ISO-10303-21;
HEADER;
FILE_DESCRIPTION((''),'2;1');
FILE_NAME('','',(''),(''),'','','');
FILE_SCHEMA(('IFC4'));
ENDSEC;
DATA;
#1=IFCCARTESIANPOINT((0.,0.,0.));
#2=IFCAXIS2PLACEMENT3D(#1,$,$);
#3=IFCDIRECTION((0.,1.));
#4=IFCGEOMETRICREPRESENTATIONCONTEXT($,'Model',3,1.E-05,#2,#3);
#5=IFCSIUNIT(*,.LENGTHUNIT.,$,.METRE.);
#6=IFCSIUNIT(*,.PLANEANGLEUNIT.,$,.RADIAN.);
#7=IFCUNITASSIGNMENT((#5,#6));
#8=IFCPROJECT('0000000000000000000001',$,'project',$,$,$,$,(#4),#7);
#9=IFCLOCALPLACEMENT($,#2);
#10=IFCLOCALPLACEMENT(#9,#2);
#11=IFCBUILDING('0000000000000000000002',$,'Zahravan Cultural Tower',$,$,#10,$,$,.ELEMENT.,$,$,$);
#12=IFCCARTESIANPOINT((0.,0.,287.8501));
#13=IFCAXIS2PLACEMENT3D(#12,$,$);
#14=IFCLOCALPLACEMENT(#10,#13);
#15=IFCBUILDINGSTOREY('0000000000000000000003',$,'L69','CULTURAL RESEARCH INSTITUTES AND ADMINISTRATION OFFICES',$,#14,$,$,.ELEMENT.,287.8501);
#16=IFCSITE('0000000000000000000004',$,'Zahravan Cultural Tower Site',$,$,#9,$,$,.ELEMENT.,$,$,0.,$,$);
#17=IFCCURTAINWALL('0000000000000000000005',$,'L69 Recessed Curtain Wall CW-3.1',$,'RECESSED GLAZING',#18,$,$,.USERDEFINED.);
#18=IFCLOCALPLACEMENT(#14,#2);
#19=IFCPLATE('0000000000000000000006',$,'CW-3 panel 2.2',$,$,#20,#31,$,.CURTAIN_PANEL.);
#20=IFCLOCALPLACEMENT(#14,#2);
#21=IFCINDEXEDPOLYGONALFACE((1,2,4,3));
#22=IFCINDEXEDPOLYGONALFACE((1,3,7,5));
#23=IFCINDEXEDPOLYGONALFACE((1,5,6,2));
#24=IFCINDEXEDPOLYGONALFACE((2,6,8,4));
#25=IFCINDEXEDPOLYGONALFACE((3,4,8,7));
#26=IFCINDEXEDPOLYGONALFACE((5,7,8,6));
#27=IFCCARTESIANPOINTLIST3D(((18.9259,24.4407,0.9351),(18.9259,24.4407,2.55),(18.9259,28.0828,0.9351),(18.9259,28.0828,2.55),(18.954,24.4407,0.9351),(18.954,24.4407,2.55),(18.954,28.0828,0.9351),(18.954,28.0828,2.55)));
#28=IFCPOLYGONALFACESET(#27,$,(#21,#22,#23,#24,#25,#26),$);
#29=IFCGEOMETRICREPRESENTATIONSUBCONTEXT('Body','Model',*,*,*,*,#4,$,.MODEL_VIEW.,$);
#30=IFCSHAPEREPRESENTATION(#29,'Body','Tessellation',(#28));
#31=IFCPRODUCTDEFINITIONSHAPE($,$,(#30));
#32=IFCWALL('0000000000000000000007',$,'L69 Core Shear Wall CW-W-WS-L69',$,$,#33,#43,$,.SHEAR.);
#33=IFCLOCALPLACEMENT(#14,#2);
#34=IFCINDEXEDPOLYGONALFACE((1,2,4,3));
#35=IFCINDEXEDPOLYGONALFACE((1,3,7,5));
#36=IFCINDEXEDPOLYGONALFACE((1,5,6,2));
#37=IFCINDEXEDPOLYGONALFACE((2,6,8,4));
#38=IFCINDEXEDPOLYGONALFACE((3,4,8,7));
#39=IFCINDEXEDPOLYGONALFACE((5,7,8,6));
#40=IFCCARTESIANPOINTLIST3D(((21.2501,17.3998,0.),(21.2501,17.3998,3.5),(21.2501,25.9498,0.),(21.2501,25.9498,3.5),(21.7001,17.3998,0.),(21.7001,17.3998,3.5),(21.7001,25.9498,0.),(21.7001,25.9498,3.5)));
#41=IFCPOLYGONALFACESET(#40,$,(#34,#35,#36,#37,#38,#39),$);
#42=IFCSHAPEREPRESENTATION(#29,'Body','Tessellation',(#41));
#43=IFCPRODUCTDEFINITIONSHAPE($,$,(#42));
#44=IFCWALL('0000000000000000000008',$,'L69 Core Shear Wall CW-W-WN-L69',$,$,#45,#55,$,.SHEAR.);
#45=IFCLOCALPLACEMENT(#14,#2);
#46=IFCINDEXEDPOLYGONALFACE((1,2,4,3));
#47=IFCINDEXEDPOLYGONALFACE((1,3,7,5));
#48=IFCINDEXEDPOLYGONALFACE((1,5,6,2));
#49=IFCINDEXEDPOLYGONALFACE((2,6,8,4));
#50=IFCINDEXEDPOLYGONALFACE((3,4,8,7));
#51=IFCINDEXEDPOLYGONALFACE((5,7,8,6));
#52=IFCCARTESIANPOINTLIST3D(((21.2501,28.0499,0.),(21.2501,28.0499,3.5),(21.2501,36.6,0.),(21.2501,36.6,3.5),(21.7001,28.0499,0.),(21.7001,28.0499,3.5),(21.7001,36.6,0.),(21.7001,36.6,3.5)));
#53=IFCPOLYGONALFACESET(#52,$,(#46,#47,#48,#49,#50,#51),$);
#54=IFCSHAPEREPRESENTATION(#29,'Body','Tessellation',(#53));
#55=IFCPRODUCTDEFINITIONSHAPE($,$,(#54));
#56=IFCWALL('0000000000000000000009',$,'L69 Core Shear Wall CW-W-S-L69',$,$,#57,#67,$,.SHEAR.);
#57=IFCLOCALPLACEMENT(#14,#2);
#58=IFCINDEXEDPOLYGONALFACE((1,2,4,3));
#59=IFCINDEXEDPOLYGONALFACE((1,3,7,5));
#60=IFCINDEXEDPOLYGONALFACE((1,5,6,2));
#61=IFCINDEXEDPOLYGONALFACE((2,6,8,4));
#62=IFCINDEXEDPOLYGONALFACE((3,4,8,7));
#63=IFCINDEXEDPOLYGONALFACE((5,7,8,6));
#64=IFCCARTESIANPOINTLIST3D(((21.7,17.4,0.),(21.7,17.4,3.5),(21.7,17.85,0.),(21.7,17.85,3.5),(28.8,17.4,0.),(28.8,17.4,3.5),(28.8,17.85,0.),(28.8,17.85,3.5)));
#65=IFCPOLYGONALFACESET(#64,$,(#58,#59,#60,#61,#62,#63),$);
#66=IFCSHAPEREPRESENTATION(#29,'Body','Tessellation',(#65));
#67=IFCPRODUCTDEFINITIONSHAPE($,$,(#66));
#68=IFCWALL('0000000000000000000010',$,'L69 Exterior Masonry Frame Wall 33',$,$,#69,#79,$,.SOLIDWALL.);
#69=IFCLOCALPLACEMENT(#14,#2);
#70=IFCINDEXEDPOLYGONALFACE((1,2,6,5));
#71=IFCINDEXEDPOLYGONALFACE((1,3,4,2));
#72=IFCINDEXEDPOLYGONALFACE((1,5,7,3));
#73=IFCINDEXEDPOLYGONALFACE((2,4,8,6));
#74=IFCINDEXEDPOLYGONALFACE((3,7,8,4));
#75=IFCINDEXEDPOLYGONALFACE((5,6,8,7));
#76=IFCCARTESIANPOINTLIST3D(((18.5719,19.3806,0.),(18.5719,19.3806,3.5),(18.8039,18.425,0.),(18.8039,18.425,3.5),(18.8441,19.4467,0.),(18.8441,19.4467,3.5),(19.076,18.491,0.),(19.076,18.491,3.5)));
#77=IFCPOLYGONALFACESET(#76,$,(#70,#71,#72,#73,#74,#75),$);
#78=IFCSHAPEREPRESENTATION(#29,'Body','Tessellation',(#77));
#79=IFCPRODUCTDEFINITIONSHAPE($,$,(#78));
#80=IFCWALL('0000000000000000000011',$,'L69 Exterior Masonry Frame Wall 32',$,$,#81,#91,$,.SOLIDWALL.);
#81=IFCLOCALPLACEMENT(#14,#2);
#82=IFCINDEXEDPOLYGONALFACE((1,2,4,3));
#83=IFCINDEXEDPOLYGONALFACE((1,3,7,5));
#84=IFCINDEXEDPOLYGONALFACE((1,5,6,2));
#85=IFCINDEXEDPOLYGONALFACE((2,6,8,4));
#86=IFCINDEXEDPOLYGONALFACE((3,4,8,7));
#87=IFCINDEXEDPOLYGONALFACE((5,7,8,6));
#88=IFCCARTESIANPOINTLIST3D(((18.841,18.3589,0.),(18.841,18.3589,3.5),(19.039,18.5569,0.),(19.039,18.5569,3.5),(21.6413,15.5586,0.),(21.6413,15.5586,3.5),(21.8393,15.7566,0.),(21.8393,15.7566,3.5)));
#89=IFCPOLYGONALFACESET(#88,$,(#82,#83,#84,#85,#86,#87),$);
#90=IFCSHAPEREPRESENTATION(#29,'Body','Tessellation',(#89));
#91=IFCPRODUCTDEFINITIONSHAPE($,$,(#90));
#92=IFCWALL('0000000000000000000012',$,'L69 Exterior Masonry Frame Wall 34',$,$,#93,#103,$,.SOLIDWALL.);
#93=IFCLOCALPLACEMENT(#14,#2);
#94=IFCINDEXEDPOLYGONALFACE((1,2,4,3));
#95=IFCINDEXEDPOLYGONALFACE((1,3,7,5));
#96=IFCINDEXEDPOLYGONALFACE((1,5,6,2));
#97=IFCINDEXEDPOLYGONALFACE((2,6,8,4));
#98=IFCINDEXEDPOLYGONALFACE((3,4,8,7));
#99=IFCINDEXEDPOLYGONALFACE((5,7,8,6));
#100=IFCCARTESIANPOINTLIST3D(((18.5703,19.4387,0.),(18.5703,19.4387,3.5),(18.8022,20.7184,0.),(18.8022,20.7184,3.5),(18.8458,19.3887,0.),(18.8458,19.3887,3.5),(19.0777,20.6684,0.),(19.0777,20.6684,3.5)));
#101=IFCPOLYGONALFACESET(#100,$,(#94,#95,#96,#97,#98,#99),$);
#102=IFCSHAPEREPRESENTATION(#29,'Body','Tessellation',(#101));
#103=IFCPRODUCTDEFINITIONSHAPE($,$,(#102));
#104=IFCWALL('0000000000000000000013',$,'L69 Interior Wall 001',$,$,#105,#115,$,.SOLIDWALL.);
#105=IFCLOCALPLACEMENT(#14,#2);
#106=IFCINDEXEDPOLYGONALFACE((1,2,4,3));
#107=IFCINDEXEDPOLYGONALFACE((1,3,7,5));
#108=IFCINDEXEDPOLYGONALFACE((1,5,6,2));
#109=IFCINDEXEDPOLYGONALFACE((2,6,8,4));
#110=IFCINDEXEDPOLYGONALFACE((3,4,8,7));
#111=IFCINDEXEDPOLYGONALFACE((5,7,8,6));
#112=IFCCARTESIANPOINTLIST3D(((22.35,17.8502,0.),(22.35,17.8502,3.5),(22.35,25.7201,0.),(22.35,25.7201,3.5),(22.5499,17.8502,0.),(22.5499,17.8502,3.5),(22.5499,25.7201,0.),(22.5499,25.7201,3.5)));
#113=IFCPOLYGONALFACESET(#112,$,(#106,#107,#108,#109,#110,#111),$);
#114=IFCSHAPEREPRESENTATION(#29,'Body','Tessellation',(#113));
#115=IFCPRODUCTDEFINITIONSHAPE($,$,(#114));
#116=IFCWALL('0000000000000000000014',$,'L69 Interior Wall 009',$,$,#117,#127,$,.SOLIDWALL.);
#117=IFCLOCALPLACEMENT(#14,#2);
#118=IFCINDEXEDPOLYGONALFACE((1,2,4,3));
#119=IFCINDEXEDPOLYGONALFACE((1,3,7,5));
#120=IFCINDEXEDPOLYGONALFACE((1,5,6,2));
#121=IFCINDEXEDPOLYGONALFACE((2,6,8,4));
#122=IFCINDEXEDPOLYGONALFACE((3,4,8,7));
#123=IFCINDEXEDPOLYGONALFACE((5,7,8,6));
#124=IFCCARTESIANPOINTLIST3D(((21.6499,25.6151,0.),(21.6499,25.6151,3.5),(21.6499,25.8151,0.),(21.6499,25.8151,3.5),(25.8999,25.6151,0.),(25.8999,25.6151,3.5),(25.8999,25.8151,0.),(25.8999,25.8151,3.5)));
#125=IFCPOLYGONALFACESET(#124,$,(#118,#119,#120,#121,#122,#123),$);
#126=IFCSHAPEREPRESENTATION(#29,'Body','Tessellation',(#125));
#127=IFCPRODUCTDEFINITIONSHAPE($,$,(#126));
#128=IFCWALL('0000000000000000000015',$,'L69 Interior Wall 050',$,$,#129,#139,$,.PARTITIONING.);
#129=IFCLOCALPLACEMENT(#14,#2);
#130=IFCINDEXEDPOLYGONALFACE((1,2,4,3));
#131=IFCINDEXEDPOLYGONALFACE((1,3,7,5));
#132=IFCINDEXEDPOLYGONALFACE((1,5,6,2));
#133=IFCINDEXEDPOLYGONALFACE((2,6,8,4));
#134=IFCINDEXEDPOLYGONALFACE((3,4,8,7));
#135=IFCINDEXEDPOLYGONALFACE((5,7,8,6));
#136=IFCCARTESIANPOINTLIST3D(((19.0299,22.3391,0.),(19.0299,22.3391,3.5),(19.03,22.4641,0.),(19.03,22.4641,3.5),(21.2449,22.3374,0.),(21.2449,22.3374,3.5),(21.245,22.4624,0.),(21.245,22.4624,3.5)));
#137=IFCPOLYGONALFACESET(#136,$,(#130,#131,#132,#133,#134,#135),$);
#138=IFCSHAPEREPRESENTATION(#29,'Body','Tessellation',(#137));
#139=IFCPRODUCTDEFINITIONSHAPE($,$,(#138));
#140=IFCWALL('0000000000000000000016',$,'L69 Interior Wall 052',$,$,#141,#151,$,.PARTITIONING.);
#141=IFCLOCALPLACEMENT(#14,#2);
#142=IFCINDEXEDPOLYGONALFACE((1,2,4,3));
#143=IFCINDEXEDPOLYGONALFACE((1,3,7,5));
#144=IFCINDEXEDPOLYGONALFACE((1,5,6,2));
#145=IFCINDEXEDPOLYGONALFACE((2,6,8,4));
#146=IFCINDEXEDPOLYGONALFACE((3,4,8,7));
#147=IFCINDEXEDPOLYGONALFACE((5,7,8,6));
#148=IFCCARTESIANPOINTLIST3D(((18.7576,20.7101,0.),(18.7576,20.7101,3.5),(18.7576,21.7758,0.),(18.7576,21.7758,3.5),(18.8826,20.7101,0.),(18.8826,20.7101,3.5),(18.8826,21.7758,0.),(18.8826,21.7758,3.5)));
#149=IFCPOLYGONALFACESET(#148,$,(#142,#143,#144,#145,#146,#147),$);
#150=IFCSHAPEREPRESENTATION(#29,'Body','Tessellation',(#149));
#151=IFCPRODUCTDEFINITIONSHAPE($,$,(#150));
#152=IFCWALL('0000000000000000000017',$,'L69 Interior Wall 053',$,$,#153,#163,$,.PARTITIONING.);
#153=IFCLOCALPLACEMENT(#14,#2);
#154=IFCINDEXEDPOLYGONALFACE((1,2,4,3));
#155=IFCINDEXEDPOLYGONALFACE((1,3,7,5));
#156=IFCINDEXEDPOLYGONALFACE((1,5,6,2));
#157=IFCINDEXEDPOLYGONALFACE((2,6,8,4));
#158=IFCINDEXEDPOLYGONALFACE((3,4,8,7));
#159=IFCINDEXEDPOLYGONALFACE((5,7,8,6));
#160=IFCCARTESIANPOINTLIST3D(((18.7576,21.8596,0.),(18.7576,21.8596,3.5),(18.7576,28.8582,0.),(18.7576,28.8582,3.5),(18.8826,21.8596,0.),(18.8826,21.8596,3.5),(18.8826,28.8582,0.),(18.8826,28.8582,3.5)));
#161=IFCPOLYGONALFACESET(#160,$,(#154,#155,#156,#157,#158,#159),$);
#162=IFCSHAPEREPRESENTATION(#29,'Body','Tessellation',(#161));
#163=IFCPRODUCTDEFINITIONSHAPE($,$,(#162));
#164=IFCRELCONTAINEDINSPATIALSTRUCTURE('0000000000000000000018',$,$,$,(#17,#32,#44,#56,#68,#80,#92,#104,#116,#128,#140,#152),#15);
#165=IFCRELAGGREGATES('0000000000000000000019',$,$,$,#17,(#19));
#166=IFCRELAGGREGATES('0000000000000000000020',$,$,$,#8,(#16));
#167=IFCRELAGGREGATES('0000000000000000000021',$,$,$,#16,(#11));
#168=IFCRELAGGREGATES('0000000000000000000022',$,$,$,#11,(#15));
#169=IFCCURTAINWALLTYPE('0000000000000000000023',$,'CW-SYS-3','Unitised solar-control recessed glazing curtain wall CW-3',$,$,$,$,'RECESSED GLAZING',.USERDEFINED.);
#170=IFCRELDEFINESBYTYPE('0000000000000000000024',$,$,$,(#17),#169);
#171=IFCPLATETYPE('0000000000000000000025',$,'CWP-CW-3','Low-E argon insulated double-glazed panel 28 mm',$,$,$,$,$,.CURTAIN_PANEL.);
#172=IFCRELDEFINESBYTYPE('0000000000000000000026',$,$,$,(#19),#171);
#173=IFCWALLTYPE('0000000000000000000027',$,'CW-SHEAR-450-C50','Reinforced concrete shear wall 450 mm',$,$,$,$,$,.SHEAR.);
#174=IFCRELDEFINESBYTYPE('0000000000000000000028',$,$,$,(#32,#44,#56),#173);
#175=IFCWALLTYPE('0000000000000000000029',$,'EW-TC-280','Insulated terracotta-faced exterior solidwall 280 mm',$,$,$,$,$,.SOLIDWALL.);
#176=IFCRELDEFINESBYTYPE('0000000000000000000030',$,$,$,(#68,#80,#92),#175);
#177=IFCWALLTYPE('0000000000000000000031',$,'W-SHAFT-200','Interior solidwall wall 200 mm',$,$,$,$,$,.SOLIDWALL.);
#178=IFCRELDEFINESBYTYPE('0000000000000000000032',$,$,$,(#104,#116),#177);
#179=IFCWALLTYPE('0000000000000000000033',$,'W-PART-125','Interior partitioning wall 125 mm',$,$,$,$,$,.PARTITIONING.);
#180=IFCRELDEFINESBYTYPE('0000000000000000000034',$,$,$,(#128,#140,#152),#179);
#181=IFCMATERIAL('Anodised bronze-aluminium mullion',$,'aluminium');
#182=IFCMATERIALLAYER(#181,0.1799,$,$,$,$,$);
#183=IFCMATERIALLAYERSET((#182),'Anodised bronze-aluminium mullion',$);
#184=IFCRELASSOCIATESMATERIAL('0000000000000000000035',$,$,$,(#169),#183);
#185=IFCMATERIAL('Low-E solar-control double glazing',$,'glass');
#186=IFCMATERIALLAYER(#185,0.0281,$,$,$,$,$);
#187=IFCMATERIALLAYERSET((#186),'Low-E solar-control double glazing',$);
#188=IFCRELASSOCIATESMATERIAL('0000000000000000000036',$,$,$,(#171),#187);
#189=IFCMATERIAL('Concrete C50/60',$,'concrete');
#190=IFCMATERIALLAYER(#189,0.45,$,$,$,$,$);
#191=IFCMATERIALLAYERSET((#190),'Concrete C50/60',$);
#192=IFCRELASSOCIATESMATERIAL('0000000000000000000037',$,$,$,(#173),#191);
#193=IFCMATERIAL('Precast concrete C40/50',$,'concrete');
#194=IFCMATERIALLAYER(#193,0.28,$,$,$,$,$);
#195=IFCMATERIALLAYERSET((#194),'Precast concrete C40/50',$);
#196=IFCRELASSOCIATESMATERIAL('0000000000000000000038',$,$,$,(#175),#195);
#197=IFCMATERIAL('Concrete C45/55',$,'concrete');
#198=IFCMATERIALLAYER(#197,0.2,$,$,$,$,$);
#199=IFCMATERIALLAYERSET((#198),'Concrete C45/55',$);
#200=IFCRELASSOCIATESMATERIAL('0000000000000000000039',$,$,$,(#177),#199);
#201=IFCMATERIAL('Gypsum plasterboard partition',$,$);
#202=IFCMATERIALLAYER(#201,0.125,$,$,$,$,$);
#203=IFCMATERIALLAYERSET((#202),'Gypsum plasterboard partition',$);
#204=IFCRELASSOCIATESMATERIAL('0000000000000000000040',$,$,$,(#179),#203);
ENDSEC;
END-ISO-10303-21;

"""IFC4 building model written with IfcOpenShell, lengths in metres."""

from ifc_helpers import new_model, si_unit, direction, frame, frame_2d, origin, origin_2d, place, context, subcontext, project, spatial, rectangle, extrude, source, transform, mapped, material, layer, layer_set, type_object, element, aggregate, save


model = new_model("IFC4")

# Units and contexts
model_context = context("Model", 3, precision=1e-05, world=origin(), true_north=direction((0.0, 1.0)))
body_context = subcontext(model_context, "Body", "Model", "MODEL_VIEW")
ifc_project = project(units=[si_unit("LENGTHUNIT", "METRE"), si_unit("PLANEANGLEUNIT", "RADIAN")], contexts=[model_context])

# Site, building, storey
site_placement = place(None, origin())
site = spatial("IfcSite", under=ifc_project, at=site_placement, Name="Zahravan Cultural Tower Site", CompositionType="ELEMENT", RefElevation=0.0)
building_placement = place(site_placement, origin())
building = spatial("IfcBuilding", under=site, at=building_placement, Name="Zahravan Cultural Tower", CompositionType="ELEMENT")
storey_placement = place(building_placement, frame((0.0, 0.0, 287.8501)))
storey = spatial("IfcBuildingStorey", under=building, at=storey_placement, Name="L69", Description="CULTURAL RESEARCH INSTITUTES AND ADMINISTRATION OFFICES", CompositionType="ELEMENT", Elevation=287.8501)

# Shared definitions
ifc_material_1 = material(Name="Concrete C50/60", Category="concrete")

# Curtain wall
ifc_material_2 = material(Name="Anodised bronze-aluminium mullion", Category="aluminium")
ifc_layer_1 = layer(ifc_material_2, 0.1799)
ifc_layer_set_1 = layer_set([ifc_layer_1], Name="Anodised bronze-aluminium mullion")
curtain_wall_type = type_object("IfcCurtainWallType", Name="CW-SYS-3", Description="Unitised solar-control recessed glazing curtain wall CW-3", ElementType="RECESSED GLAZING", PredefinedType="USERDEFINED", material=ifc_layer_set_1)
curtain_wall_placement = place(storey_placement, origin())
curtain_wall = element("IfcCurtainWall", 1, at=curtain_wall_placement, inside=storey, type_object=curtain_wall_type, Name="L69 Recessed Curtain Wall CW-3.1", ObjectType="RECESSED GLAZING", PredefinedType="USERDEFINED")

# Shared definitions
ifc_material_3 = material(Name="Concrete C45/55", Category="concrete")

# Plate
ifc_material_4 = material(Name="Low-E solar-control double glazing", Category="glass")
ifc_layer_2 = layer(ifc_material_4, 0.0281)
ifc_layer_set_2 = layer_set([ifc_layer_2], Name="Low-E solar-control double glazing")
plate_type = type_object("IfcPlateType", Name="CWP-CW-3", Description="Low-E argon insulated double-glazed panel 28 mm", PredefinedType="CURTAIN_PANEL", material=ifc_layer_set_2)
shared_shape_1 = source(origin(), body_context, "Body", "SweptSolid", [
    extrude(rectangle(XDim=3.6421, YDim=0.0281, at=origin_2d()), origin(), (0.0, 0.0, 1.0), 1.615),
])
plate_1_placement = place(storey_placement, frame((18.9399, 26.2617, 0.9351), z_axis=(0.0, 0.0, 1.0), x_axis=(0.0, 1.0, 0.0)))
plate_1 = element("IfcPlate", 2, at=plate_1_placement, type_object=plate_type, Name="CW-3 panel 2.2", PredefinedType="CURTAIN_PANEL", context=body_context, shape_type="MappedRepresentation", body=[
    mapped(shared_shape_1, transform((0.0, 0.0, 0.0), x_axis=(1.0, 0.0, 0.0), y_axis=(0.0, 1.0, 0.0), z_axis=(0.0, 0.0, 1.0), scale=1.0)),
])
aggregate(curtain_wall, [plate_1])

# Walls
ifc_layer_3 = layer(ifc_material_1, 0.45)
ifc_layer_set_3 = layer_set([ifc_layer_3], Name="Concrete C50/60")
wall_type_1 = type_object("IfcWallType", Name="CW-SHEAR-450-C50", Description="Reinforced concrete shear wall 450 mm", PredefinedType="SHEAR", material=ifc_layer_set_3)
shared_shape_2 = source(origin(), body_context, "Body", "SweptSolid", [
    extrude(rectangle(XDim=8.55, YDim=0.45, at=frame_2d((4.2749, 0.0))), origin(), (0.0, 0.0, 1.0), 3.5),
])
for number, where, z_axis, x_axis, name in (
    (3, (21.4751, 17.3999, 0.0), (0.0, 0.0, 1.0), (0.0, 1.0, 0.0), "L69 Core Shear Wall CW-W-WS-L69"),
    (4, (21.4751, 28.05, 0.0), (0.0, 0.0, 1.0), (0.0, 1.0, 0.0), "L69 Core Shear Wall CW-W-WN-L69"),
):
    element("IfcWall", number, at=place(storey_placement, frame(where, z_axis=z_axis, x_axis=x_axis)), inside=storey, type_object=wall_type_1, Name=name, PredefinedType="SHEAR", context=body_context, shape_type="MappedRepresentation", body=[
        mapped(shared_shape_2, transform((0.0, 0.0, 0.0), x_axis=(1.0, 0.0, 0.0), y_axis=(0.0, 1.0, 0.0), z_axis=(0.0, 0.0, 1.0), scale=1.0)),
    ])
shared_shape_3 = source(origin(), body_context, "Body", "SweptSolid", [
    extrude(rectangle(XDim=7.1001, YDim=0.45, at=frame_2d((3.55, 0.0))), origin(), (0.0, 0.0, 1.0), 3.5),
])
wall_1_placement = place(storey_placement, frame((21.7, 17.625, 0.0), z_axis=(0.0, 0.0, 1.0), x_axis=(1.0, 0.0, 0.0)))
element("IfcWall", 5, at=wall_1_placement, inside=storey, type_object=wall_type_1, Name="L69 Core Shear Wall CW-W-S-L69", PredefinedType="SHEAR", context=body_context, shape_type="MappedRepresentation", body=[
    mapped(shared_shape_3, transform((0.0, 0.0, 0.0), x_axis=(1.0, 0.0, 0.0), y_axis=(0.0, 1.0, 0.0), z_axis=(0.0, 0.0, 1.0), scale=1.0)),
])
ifc_material_5 = material(Name="Precast concrete C40/50", Category="concrete")
ifc_layer_4 = layer(ifc_material_5, 0.28)
ifc_layer_set_4 = layer_set([ifc_layer_4], Name="Precast concrete C40/50")
wall_type_2 = type_object("IfcWallType", Name="EW-TC-280", Description="Insulated terracotta-faced exterior solidwall 280 mm", PredefinedType="SOLIDWALL", material=ifc_layer_set_4)
shared_shape_4 = source(origin(), body_context, "Body", "SweptSolid", [
    extrude(rectangle(XDim=0.9834, YDim=0.28, at=frame_2d((0.4917, 0.0))), origin(), (0.0, 0.0, 1.0), 3.5),
])
wall_2_placement = place(storey_placement, frame((18.9399, 18.458, 0.0), z_axis=(0.0, 0.0, 1.0), x_axis=(-0.23587, 0.971785, 0.0)))
element("IfcWall", 6, at=wall_2_placement, inside=storey, type_object=wall_type_2, Name="L69 Exterior Masonry Frame Wall 33", PredefinedType="SOLIDWALL", context=body_context, shape_type="MappedRepresentation", body=[
    mapped(shared_shape_4, transform((0.0, 0.0, 0.0), x_axis=(1.0, 0.0, 0.0), y_axis=(0.0, 1.0, 0.0), z_axis=(0.0, 0.0, 1.0), scale=1.0)),
])
shared_shape_5 = source(origin(), body_context, "Body", "SweptSolid", [
    extrude(rectangle(XDim=3.9602, YDim=0.28, at=frame_2d((1.98, 0.0))), origin(), (0.0, 0.0, 1.0), 3.5),
])
wall_3_placement = place(storey_placement, frame((21.7402, 15.6577, 0.0), z_axis=(0.0, 0.0, 1.0), x_axis=(-0.707107, 0.707107, 0.0)))
element("IfcWall", 7, at=wall_3_placement, inside=storey, type_object=wall_type_2, Name="L69 Exterior Masonry Frame Wall 32", PredefinedType="SOLIDWALL", context=body_context, shape_type="MappedRepresentation", body=[
    mapped(shared_shape_5, transform((0.0, 0.0, 0.0), x_axis=(1.0, 0.0, 0.0), y_axis=(0.0, 1.0, 0.0), z_axis=(0.0, 0.0, 1.0), scale=1.0)),
])
shared_shape_6 = source(origin(), body_context, "Body", "SweptSolid", [
    extrude(rectangle(XDim=1.3005, YDim=0.28, at=frame_2d((0.6504, 0.0))), origin(), (0.0, 0.0, 1.0), 3.5),
])
wall_4_placement = place(storey_placement, frame((18.708, 19.4136, 0.0), z_axis=(0.0, 0.0, 1.0), x_axis=(0.178324, 0.983972, 0.0)))
element("IfcWall", 8, at=wall_4_placement, inside=storey, type_object=wall_type_2, Name="L69 Exterior Masonry Frame Wall 34", PredefinedType="SOLIDWALL", context=body_context, shape_type="MappedRepresentation", body=[
    mapped(shared_shape_6, transform((0.0, 0.0, 0.0), x_axis=(1.0, 0.0, 0.0), y_axis=(0.0, 1.0, 0.0), z_axis=(0.0, 0.0, 1.0), scale=1.0)),
])
ifc_layer_5 = layer(ifc_material_3, 0.2)
ifc_layer_set_5 = layer_set([ifc_layer_5], Name="Concrete C45/55")
wall_type_3 = type_object("IfcWallType", Name="W-SHAFT-200", Description="Interior solidwall wall 200 mm", PredefinedType="SOLIDWALL", material=ifc_layer_set_5)
shared_shape_7 = source(origin(), body_context, "Body", "SweptSolid", [
    extrude(rectangle(XDim=7.8699, YDim=0.2, at=frame_2d((3.9351, 0.0))), origin(), (0.0, 0.0, 1.0), 3.5),
])
wall_5_placement = place(storey_placement, frame((22.45, 17.8501, 0.0), z_axis=(0.0, 0.0, 1.0), x_axis=(0.0, 1.0, 0.0)))
element("IfcWall", 9, at=wall_5_placement, inside=storey, type_object=wall_type_3, Name="L69 Interior Wall 001", PredefinedType="SOLIDWALL", context=body_context, shape_type="MappedRepresentation", body=[
    mapped(shared_shape_7, transform((0.0, 0.0, 0.0), x_axis=(1.0, 0.0, 0.0), y_axis=(0.0, 1.0, 0.0), z_axis=(0.0, 0.0, 1.0), scale=1.0)),
])
shared_shape_8 = source(origin(), body_context, "Body", "SweptSolid", [
    extrude(rectangle(XDim=4.25, YDim=0.2, at=frame_2d((2.125, 0.0))), origin(), (0.0, 0.0, 1.0), 3.5),
])
wall_6_placement = place(storey_placement, frame((21.6499, 25.7151, 0.0), z_axis=(0.0, 0.0, 1.0), x_axis=(1.0, 0.0, 0.0)))
element("IfcWall", 10, at=wall_6_placement, inside=storey, type_object=wall_type_3, Name="L69 Interior Wall 009", PredefinedType="SOLIDWALL", context=body_context, shape_type="MappedRepresentation", body=[
    mapped(shared_shape_8, transform((0.0, 0.0, 0.0), x_axis=(1.0, 0.0, 0.0), y_axis=(0.0, 1.0, 0.0), z_axis=(0.0, 0.0, 1.0), scale=1.0)),
])
ifc_material_6 = material(Name="Gypsum plasterboard partition")
ifc_layer_6 = layer(ifc_material_6, 0.125)
ifc_layer_set_6 = layer_set([ifc_layer_6], Name="Gypsum plasterboard partition")
wall_type_4 = type_object("IfcWallType", Name="W-PART-125", Description="Interior partitioning wall 125 mm", PredefinedType="PARTITIONING", material=ifc_layer_set_6)
shared_shape_9 = source(origin(), body_context, "Body", "SweptSolid", [
    extrude(rectangle(XDim=2.2151, YDim=0.125, at=frame_2d((1.1074, 0.0))), origin(), (0.0, 0.0, 1.0), 3.5),
])
wall_7_placement = place(storey_placement, frame((19.03, 22.4016, 0.0), z_axis=(0.0, 0.0, 1.0), x_axis=(1.0, -0.000772, 0.0)))
element("IfcWall", 11, at=wall_7_placement, inside=storey, type_object=wall_type_4, Name="L69 Interior Wall 050", PredefinedType="PARTITIONING", context=body_context, shape_type="MappedRepresentation", body=[
    mapped(shared_shape_9, transform((0.0, 0.0, 0.0), x_axis=(1.0, 0.0, 0.0), y_axis=(0.0, 1.0, 0.0), z_axis=(0.0, 0.0, 1.0), scale=1.0)),
])
shared_shape_10 = source(origin(), body_context, "Body", "SweptSolid", [
    extrude(rectangle(XDim=1.0657, YDim=0.125, at=frame_2d((0.5327, 0.0))), origin(), (0.0, 0.0, 1.0), 3.5),
])
wall_8_placement = place(storey_placement, frame((18.8201, 20.7102, 0.0), z_axis=(0.0, 0.0, 1.0), x_axis=(0.0, 1.0, 0.0)))
element("IfcWall", 12, at=wall_8_placement, inside=storey, type_object=wall_type_4, Name="L69 Interior Wall 052", PredefinedType="PARTITIONING", context=body_context, shape_type="MappedRepresentation", body=[
    mapped(shared_shape_10, transform((0.0, 0.0, 0.0), x_axis=(1.0, 0.0, 0.0), y_axis=(0.0, 1.0, 0.0), z_axis=(0.0, 0.0, 1.0), scale=1.0)),
])
shared_shape_11 = source(origin(), body_context, "Body", "SweptSolid", [
    extrude(rectangle(XDim=6.9985, YDim=0.125, at=frame_2d((3.4993, 0.0))), origin(), (0.0, 0.0, 1.0), 3.5),
])
wall_9_placement = place(storey_placement, frame((18.8201, 21.8596, 0.0), z_axis=(0.0, 0.0, 1.0), x_axis=(0.0, 1.0, 0.0)))
element("IfcWall", 13, at=wall_9_placement, inside=storey, type_object=wall_type_4, Name="L69 Interior Wall 053", PredefinedType="PARTITIONING", context=body_context, shape_type="MappedRepresentation", body=[
    mapped(shared_shape_11, transform((0.0, 0.0, 0.0), x_axis=(1.0, 0.0, 0.0), y_axis=(0.0, 1.0, 0.0), z_axis=(0.0, 0.0, 1.0), scale=1.0)),
])

save(model, "model.ifc")
